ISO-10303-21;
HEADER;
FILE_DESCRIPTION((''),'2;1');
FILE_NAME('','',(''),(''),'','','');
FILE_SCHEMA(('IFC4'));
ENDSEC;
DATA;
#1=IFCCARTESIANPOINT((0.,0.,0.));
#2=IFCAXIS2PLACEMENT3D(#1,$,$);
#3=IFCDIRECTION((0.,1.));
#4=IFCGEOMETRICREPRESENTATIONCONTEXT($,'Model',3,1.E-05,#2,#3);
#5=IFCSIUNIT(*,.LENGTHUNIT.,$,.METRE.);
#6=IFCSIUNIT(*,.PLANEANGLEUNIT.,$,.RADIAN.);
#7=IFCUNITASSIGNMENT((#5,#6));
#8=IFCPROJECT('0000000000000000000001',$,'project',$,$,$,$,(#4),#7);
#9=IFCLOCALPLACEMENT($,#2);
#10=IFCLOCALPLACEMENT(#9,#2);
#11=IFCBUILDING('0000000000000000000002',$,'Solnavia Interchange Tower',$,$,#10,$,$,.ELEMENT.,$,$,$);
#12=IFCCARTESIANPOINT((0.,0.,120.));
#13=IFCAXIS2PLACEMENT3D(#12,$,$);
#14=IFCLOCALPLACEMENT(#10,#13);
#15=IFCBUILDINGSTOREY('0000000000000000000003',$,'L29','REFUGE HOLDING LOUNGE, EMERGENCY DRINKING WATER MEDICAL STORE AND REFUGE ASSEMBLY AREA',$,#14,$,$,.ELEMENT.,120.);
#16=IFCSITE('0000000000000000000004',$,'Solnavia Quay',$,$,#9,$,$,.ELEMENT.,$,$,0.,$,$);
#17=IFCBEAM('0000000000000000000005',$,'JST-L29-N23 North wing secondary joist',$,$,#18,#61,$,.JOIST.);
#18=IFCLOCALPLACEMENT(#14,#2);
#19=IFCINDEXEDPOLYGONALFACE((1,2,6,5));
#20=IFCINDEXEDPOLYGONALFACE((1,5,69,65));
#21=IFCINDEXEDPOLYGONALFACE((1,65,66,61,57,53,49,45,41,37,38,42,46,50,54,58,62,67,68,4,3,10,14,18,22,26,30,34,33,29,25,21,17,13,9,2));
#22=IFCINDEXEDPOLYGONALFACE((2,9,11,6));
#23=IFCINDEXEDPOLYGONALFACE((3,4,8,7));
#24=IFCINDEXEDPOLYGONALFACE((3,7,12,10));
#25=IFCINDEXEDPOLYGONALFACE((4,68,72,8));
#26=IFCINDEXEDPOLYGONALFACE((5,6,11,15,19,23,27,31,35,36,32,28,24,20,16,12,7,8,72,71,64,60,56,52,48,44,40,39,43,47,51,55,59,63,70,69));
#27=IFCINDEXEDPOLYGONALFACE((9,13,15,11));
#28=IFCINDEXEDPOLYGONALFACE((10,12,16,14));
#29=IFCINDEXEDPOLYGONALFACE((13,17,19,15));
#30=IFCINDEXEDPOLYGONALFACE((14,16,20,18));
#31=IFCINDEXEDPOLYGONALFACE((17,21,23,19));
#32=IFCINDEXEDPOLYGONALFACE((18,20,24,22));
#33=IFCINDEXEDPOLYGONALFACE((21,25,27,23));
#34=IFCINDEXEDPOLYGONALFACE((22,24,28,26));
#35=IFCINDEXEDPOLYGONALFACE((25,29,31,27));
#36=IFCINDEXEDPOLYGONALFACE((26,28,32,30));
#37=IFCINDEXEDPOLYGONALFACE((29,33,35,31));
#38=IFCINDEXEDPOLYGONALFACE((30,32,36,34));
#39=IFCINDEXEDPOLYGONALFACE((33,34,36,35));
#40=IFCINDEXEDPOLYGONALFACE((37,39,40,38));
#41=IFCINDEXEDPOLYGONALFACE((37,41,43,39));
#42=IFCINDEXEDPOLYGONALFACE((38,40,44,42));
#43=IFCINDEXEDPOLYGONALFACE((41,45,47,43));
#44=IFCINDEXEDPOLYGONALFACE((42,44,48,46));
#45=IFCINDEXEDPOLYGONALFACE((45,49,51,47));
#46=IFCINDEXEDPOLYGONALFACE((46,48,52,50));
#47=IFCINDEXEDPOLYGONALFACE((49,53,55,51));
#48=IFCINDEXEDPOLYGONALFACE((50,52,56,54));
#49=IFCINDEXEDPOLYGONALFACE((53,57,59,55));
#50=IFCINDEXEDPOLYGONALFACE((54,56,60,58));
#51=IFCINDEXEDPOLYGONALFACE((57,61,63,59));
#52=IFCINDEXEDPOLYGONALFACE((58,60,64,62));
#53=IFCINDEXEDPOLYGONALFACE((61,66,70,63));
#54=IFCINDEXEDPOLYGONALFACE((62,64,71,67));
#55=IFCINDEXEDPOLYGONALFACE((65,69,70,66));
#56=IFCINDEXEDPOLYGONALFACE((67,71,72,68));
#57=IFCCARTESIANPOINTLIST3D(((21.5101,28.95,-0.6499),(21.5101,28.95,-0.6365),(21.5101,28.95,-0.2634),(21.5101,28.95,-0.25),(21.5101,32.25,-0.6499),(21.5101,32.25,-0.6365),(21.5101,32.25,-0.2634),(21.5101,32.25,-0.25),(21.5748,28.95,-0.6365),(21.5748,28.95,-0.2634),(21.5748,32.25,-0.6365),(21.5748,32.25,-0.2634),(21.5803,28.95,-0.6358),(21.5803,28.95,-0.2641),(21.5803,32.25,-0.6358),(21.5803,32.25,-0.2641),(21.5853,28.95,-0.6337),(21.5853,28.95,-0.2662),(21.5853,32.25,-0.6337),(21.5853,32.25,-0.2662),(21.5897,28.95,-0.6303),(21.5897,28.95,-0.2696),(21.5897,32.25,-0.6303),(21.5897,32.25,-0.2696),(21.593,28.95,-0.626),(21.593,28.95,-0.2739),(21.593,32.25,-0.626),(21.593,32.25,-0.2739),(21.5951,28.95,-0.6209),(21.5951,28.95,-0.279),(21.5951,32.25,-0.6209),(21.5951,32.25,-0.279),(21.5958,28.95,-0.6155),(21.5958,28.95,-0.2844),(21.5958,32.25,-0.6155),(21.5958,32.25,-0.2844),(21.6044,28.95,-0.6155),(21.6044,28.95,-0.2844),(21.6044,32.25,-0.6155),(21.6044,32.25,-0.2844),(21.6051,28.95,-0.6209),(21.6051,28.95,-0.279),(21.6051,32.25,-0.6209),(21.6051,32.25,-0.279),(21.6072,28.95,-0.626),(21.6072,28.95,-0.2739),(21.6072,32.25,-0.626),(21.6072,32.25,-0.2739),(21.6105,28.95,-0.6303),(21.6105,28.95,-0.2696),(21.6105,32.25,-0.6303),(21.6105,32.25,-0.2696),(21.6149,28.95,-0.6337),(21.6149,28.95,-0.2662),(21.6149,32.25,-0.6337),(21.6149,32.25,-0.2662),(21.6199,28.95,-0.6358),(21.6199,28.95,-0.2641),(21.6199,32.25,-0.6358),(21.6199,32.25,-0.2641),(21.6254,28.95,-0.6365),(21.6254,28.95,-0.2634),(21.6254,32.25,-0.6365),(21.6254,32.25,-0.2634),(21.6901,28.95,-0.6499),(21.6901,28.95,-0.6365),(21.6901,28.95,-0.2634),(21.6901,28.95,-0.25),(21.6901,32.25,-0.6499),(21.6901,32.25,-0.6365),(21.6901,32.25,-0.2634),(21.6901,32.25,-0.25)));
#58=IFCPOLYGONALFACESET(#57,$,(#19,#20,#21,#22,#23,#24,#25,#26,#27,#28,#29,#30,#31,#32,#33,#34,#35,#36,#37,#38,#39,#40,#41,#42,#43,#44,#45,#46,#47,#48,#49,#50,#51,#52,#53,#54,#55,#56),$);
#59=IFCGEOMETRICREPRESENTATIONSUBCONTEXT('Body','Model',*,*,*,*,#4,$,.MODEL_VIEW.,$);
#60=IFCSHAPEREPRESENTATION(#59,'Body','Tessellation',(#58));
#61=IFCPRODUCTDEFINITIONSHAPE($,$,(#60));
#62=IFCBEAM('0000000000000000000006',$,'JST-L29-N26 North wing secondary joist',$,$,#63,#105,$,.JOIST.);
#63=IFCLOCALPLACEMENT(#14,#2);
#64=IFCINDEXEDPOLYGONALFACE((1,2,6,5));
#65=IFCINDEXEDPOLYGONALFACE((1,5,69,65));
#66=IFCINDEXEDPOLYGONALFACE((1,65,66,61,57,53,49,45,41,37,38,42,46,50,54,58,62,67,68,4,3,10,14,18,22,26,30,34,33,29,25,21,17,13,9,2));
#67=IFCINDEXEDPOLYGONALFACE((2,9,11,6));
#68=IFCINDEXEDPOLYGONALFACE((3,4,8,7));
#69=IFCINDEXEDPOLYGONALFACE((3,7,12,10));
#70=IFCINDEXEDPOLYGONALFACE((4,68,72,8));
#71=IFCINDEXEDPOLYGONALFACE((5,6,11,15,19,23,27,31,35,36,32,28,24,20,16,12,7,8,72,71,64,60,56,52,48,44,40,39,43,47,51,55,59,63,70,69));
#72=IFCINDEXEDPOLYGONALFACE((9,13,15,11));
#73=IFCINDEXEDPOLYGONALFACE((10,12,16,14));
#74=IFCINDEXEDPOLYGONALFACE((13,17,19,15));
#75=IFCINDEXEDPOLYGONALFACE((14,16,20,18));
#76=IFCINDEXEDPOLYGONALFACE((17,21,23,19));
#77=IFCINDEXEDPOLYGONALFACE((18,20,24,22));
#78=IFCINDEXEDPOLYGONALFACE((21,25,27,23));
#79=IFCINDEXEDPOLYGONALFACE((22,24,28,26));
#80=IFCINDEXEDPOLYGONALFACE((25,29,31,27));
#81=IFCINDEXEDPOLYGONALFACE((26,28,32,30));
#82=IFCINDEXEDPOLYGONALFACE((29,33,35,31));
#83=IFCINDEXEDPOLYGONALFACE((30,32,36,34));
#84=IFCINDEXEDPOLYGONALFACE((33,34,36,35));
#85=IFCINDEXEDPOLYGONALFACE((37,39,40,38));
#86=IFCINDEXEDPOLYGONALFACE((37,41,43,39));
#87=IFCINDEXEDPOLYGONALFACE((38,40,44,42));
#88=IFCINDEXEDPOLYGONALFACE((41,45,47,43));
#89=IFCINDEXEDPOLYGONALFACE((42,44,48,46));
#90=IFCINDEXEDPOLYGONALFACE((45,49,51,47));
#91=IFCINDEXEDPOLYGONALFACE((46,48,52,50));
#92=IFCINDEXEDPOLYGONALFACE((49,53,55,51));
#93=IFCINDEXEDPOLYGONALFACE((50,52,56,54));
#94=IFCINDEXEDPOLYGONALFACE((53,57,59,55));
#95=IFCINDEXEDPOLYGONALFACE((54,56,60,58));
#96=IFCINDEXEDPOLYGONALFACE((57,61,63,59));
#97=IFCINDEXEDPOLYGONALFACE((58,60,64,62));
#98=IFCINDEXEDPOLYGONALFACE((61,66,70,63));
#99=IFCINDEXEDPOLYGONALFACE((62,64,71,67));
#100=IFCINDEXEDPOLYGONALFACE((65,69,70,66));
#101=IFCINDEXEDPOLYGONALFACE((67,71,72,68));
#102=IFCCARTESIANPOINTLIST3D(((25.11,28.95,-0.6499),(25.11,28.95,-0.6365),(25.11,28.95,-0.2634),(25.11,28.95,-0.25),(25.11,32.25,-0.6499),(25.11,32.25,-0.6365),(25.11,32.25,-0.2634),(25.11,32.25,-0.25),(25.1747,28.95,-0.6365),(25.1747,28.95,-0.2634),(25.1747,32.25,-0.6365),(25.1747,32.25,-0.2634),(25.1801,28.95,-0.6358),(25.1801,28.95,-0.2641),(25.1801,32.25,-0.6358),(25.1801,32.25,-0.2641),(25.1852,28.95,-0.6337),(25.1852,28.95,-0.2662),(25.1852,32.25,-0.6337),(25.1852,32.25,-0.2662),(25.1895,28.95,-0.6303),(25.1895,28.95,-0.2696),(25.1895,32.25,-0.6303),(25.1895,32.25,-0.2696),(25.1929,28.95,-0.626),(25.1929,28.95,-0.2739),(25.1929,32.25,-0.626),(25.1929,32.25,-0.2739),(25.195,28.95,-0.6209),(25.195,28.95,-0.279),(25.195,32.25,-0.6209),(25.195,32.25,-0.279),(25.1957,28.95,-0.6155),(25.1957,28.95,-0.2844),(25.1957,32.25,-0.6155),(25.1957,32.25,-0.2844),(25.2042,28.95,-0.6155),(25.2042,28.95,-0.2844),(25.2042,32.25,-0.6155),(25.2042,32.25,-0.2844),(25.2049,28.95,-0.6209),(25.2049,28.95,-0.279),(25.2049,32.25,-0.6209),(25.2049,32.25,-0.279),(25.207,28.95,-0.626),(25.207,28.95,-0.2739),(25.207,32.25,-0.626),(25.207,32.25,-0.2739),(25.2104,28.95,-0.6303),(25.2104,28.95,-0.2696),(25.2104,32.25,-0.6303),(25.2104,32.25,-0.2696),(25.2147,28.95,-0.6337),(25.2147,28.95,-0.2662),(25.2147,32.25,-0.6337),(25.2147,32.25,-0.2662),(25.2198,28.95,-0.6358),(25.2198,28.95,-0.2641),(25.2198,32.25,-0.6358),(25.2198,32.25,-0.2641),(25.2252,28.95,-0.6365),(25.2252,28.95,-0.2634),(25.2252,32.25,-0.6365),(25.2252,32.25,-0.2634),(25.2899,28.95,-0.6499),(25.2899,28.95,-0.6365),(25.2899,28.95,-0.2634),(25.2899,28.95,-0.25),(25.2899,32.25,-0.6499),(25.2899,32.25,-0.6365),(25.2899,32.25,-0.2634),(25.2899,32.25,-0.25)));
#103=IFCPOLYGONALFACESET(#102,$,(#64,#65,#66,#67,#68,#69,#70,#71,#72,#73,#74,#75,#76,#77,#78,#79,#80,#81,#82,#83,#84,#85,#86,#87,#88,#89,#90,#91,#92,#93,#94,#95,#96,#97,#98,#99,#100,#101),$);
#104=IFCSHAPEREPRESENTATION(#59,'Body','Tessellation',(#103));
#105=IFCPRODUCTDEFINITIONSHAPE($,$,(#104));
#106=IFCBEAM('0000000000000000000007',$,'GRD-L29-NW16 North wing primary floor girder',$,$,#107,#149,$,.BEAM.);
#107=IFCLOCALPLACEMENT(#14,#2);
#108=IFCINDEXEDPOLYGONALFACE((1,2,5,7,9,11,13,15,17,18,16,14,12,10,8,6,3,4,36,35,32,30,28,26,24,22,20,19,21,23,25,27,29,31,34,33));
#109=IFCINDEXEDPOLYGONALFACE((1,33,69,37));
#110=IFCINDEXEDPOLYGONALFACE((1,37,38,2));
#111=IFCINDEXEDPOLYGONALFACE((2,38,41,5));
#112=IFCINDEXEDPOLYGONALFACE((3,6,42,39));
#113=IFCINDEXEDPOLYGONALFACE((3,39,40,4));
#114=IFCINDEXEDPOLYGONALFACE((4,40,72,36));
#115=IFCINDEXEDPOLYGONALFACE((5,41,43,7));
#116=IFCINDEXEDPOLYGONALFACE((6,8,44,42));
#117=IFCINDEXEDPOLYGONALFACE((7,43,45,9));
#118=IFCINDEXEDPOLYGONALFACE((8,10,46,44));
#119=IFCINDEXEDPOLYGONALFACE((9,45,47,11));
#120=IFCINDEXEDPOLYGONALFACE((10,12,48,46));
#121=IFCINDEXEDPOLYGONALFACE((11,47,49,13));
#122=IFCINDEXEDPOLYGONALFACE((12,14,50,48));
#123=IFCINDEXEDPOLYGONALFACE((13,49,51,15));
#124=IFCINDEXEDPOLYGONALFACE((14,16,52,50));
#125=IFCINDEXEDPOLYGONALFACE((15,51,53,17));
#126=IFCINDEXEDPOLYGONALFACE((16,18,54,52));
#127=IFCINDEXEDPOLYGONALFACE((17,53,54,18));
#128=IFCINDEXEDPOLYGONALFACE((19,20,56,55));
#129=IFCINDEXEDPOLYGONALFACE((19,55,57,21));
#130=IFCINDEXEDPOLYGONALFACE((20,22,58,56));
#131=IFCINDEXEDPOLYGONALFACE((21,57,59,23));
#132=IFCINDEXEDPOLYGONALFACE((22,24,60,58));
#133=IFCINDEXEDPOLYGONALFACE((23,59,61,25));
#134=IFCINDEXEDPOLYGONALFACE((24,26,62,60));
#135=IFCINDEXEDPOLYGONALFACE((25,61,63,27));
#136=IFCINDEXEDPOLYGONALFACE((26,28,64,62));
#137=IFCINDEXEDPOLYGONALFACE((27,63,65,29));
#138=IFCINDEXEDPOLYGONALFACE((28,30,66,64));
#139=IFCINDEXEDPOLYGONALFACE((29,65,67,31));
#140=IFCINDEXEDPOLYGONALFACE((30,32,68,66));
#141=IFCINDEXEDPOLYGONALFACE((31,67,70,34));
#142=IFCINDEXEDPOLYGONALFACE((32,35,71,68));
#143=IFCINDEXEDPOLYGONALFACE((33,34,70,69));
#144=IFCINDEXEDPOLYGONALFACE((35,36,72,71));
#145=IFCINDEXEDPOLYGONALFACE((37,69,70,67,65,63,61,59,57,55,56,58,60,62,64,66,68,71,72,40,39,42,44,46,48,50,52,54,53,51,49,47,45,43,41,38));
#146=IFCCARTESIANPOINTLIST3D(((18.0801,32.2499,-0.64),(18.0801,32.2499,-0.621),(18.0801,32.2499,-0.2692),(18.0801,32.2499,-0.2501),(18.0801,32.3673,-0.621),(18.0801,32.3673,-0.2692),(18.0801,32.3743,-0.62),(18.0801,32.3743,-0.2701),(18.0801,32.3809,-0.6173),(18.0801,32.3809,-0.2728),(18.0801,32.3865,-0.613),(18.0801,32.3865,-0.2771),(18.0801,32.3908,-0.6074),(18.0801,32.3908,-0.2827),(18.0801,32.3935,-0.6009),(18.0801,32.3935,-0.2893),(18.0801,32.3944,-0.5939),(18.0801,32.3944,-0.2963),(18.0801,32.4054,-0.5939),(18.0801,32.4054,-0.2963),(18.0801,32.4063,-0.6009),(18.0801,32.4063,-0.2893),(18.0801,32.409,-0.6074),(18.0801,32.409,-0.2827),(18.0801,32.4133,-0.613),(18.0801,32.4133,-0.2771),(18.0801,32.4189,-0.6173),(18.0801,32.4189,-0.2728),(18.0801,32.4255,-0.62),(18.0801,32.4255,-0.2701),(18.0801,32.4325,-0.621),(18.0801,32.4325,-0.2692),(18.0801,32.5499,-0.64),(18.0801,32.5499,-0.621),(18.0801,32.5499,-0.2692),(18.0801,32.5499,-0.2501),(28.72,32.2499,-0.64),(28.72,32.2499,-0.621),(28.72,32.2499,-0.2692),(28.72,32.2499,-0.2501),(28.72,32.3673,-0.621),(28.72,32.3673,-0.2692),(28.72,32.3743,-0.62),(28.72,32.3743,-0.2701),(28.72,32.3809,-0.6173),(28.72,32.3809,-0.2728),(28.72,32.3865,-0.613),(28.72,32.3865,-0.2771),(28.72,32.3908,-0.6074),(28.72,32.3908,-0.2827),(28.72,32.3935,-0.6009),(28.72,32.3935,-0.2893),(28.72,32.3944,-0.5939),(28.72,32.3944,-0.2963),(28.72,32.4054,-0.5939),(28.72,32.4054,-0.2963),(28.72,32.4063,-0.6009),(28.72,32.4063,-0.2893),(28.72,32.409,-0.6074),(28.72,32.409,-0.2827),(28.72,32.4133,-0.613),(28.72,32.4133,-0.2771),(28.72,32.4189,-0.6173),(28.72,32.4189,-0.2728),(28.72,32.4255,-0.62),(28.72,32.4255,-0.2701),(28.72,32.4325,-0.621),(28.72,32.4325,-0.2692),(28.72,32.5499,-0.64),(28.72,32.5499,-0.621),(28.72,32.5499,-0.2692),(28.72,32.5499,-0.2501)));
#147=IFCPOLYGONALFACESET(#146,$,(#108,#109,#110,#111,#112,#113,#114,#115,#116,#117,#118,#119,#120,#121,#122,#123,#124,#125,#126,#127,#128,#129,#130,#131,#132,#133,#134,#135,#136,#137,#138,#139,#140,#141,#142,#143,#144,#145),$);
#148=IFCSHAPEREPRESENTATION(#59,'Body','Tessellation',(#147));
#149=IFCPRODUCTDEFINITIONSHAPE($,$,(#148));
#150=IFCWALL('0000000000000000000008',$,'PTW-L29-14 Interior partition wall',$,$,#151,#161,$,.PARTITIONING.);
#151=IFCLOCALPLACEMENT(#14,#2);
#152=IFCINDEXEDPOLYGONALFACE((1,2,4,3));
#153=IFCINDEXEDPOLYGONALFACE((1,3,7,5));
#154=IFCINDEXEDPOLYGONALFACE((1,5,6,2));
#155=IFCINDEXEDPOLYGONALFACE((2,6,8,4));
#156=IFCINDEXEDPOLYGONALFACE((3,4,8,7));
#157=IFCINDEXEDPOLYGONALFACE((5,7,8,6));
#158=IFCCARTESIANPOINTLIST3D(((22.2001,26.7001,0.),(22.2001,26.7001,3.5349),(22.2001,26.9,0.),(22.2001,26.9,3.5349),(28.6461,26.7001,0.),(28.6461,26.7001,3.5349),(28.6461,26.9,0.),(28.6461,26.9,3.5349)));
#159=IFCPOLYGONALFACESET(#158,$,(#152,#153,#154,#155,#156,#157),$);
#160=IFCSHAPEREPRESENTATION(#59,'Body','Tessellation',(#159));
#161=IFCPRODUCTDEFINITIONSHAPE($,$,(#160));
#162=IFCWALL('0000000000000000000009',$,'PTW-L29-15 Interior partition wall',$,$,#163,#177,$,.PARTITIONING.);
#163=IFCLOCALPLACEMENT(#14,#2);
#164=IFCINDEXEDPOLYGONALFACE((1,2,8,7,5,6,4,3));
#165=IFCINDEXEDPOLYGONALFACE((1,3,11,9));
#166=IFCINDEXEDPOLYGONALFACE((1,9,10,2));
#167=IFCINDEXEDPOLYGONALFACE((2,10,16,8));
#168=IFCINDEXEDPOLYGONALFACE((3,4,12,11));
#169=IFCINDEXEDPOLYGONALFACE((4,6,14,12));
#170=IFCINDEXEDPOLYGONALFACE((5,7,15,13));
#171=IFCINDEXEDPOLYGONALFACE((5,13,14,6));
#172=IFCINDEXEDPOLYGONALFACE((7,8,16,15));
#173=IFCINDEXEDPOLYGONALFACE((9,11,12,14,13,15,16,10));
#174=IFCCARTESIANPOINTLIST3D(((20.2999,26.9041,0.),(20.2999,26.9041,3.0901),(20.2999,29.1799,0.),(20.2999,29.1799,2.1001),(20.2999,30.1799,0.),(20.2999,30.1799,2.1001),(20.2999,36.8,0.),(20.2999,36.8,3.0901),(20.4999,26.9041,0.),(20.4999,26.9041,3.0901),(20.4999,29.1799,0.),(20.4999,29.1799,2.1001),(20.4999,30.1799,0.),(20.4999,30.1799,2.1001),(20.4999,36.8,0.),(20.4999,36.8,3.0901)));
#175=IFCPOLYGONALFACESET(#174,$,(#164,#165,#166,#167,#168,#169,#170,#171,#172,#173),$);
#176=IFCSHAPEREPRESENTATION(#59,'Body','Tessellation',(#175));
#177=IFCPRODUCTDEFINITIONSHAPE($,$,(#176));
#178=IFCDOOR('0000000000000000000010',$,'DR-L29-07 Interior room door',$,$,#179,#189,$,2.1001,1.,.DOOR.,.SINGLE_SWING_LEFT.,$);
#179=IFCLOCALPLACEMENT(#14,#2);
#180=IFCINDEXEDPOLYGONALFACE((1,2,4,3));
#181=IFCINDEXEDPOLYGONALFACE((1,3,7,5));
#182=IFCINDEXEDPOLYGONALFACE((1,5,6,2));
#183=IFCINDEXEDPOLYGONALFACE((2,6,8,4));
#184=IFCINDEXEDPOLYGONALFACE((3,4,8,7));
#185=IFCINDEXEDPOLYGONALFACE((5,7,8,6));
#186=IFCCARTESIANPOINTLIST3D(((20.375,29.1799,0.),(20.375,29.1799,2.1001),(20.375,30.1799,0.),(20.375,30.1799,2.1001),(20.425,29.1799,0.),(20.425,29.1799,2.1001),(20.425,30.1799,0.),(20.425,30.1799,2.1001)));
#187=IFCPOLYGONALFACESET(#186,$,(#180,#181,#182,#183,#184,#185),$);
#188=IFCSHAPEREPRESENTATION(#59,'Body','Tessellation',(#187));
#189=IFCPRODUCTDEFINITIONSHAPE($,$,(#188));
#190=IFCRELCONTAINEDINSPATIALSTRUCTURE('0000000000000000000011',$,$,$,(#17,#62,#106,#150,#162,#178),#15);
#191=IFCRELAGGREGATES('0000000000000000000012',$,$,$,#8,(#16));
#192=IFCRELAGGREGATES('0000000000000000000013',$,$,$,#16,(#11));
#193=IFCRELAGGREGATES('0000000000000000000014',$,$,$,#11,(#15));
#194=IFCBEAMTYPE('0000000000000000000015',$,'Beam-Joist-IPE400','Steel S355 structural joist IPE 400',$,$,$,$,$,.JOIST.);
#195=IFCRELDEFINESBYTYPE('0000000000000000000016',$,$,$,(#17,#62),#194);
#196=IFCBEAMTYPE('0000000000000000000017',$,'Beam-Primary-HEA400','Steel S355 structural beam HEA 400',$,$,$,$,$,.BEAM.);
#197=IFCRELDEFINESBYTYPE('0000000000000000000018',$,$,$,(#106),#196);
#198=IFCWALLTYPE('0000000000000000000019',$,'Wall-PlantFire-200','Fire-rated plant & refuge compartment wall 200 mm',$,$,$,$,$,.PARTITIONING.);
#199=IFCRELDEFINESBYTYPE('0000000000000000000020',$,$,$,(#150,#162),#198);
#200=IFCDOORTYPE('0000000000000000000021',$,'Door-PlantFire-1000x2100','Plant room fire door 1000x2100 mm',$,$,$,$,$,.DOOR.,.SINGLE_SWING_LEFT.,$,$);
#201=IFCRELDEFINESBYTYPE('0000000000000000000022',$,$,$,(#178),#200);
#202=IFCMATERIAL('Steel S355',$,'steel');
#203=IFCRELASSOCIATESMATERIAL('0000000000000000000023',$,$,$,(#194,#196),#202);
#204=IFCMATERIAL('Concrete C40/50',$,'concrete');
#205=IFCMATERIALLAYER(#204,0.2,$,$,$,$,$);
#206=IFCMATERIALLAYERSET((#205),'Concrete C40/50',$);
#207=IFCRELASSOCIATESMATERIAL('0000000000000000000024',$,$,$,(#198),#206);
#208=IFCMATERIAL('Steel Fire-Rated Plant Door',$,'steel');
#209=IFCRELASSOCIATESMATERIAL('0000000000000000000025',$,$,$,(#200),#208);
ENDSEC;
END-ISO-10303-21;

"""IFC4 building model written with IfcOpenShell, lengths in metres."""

from ifc_helpers import new_model, si_unit, direction, frame, frame_2d, origin, origin_2d, place, context, subcontext, project, spatial, rectangle, i_section, extrude, material, layer, layer_set, material_profile, profile_set, type_object, element, fill, save


model = new_model("IFC4")

# Units and contexts
model_context = context("Model", 3, precision=1e-05, world=origin(), true_north=direction((0.0, 1.0)))
body_context = subcontext(model_context, "Body", "Model", "MODEL_VIEW")
ifc_project = project(units=[si_unit("LENGTHUNIT", "METRE"), si_unit("PLANEANGLEUNIT", "RADIAN")], contexts=[model_context])

# Site, building, storey
site_placement = place(None, origin())
site = spatial("IfcSite", under=ifc_project, at=site_placement, Name="Solnavia Quay", CompositionType="ELEMENT", RefElevation=0.0)
building_placement = place(site_placement, origin())
building = spatial("IfcBuilding", under=site, at=building_placement, Name="Solnavia Interchange Tower", CompositionType="ELEMENT")
storey_placement = place(building_placement, frame((0.0, 0.0, 120.0)))
storey = spatial("IfcBuildingStorey", under=building, at=storey_placement, Name="L29", Description="REFUGE HOLDING LOUNGE, EMERGENCY DRINKING WATER MEDICAL STORE AND REFUGE ASSEMBLY AREA", CompositionType="ELEMENT", Elevation=120.0)

# Shared definitions
ifc_material_1 = material(Name="Steel S355", Category="steel")

# Beams
ifc_material_profile_1 = material_profile(ifc_material_1, i_section(OverallWidth=0.1799, OverallDepth=0.3999, WebThickness=0.0085, FlangeThickness=0.0134, FilletRadius=0.021, at=origin_2d()), Name="IPE 400")
ifc_profile_set_1 = profile_set([ifc_material_profile_1], Name="Steel S355")
beam_type_1 = type_object("IfcBeamType", Name="Beam-Joist-IPE400", Description="Steel S355 structural joist IPE 400", PredefinedType="JOIST", material=ifc_profile_set_1)
for number, where, z_axis, x_axis, name in (
    (1, (21.6001, 28.95, -0.45), (0.0, 1.0, 0.0), (-1.0, 0.0, 0.0), "JST-L29-N23 North wing secondary joist"),
    (2, (25.2, 28.95, -0.45), (0.0, 1.0, 0.0), (-1.0, 0.0, 0.0), "JST-L29-N26 North wing secondary joist"),
):
    element("IfcBeam", number, at=place(storey_placement, frame(where, z_axis=z_axis, x_axis=x_axis)), inside=storey, type_object=beam_type_1, Name=name, PredefinedType="JOIST", context=body_context, shape_type="SweptSolid", body=[
        extrude(i_section(OverallWidth=0.1799, OverallDepth=0.3999, WebThickness=0.0085, FlangeThickness=0.0134, FilletRadius=0.021, at=origin_2d()), origin(), (0.0, 0.0, 1.0), 3.3),
    ])
ifc_material_profile_2 = material_profile(ifc_material_1, i_section(OverallWidth=0.3, OverallDepth=0.3899, WebThickness=0.011, FlangeThickness=0.019, FilletRadius=0.0271, at=origin_2d()), Name="HEA 400")
ifc_profile_set_2 = profile_set([ifc_material_profile_2], Name="Steel S355")
beam_type_2 = type_object("IfcBeamType", Name="Beam-Primary-HEA400", Description="Steel S355 structural beam HEA 400", PredefinedType="BEAM", material=ifc_profile_set_2)
beam_placement = place(storey_placement, frame((18.0801, 32.3999, -0.4451), z_axis=(1.0, 0.0, 0.0), x_axis=(0.0, 1.0, 0.0)))
element("IfcBeam", 3, at=beam_placement, inside=storey, type_object=beam_type_2, Name="GRD-L29-NW16 North wing primary floor girder", PredefinedType="BEAM", context=body_context, shape_type="SweptSolid", body=[
    extrude(i_section(OverallWidth=0.3, OverallDepth=0.3899, WebThickness=0.011, FlangeThickness=0.019, FilletRadius=0.0271, at=origin_2d()), origin(), (0.0, 0.0, 1.0), 10.6399),
])

# Wall
ifc_material_2 = material(Name="Concrete C40/50", Category="concrete")
ifc_layer_1 = layer(ifc_material_2, 0.2)
ifc_layer_set_1 = layer_set([ifc_layer_1], Name="Concrete C40/50")
wall_type_1 = type_object("IfcWallType", Name="Wall-PlantFire-200", Description="Fire-rated plant & refuge compartment wall 200 mm", PredefinedType="PARTITIONING", material=ifc_layer_set_1)
wall_1_placement = place(storey_placement, frame((22.2, 26.8, 0.0), z_axis=(0.0, 0.0, 1.0), x_axis=(1.0, 0.0, 0.0)))
element("IfcWall", 4, at=wall_1_placement, inside=storey, type_object=wall_type_1, Name="PTW-L29-14 Interior partition wall", PredefinedType="PARTITIONING", context=body_context, shape_type="SweptSolid", body=[
    extrude(rectangle(XDim=6.446, YDim=0.2, at=frame_2d((3.2231, 0.0))), origin(), (0.0, 0.0, 1.0), 3.5349),
])

# Wall, opening, door
wall_2_placement = place(storey_placement, frame((20.3999, 26.9041, 0.0), z_axis=(0.0, 0.0, 1.0), x_axis=(0.0, 1.0, 0.0)))
wall_2 = element("IfcWall", 5, at=wall_2_placement, inside=storey, type_object=wall_type_1, Name="PTW-L29-15 Interior partition wall", PredefinedType="PARTITIONING", context=body_context, shape_type="SweptSolid", body=[
    extrude(rectangle(XDim=9.896, YDim=0.2, at=frame_2d((4.948, 0.0))), origin(), (0.0, 0.0, 1.0), 3.0901),
])
opening_1_placement = place(wall_2_placement, frame((2.2759, 0.0, 0.0)))
opening_1 = element("IfcOpeningElement", 6, at=opening_1_placement, cuts=wall_2, PredefinedType="OPENING", context=body_context, shape_type="SweptSolid", body=[
    extrude(rectangle(XDim=1.0, YDim=2.1001, at=frame_2d((0.5, 1.05))), frame((0.0, 0.1099, 0.0), z_axis=(0.0, -1.0, 0.0), x_axis=(1.0, 0.0, 0.0)), (0.0, 0.0, 1.0), 0.22),
])
ifc_material_3 = material(Name="Steel Fire-Rated Plant Door", Category="steel")
door_type = type_object("IfcDoorType", Name="Door-PlantFire-1000x2100", Description="Plant room fire door 1000x2100 mm", OperationType="SINGLE_SWING_LEFT", PredefinedType="DOOR", material=ifc_material_3)
door_1_placement = place(opening_1_placement, origin())
door_1 = element("IfcDoor", 7, at=door_1_placement, inside=storey, type_object=door_type, Name="DR-L29-07 Interior room door", OperationType="SINGLE_SWING_LEFT", OverallHeight=2.1001, OverallWidth=1.0, PredefinedType="DOOR", context=body_context, shape_type="SweptSolid", body=[
    extrude(rectangle(XDim=1.0, YDim=2.1001, at=frame_2d((0.5, 1.05))), frame((0.0, 0.0249, 0.0), z_axis=(0.0, -1.0, 0.0), x_axis=(1.0, 0.0, 0.0)), (0.0, 0.0, 1.0), 0.05),
])
fill(opening_1, door_1)

save(model, "model.ifc")
